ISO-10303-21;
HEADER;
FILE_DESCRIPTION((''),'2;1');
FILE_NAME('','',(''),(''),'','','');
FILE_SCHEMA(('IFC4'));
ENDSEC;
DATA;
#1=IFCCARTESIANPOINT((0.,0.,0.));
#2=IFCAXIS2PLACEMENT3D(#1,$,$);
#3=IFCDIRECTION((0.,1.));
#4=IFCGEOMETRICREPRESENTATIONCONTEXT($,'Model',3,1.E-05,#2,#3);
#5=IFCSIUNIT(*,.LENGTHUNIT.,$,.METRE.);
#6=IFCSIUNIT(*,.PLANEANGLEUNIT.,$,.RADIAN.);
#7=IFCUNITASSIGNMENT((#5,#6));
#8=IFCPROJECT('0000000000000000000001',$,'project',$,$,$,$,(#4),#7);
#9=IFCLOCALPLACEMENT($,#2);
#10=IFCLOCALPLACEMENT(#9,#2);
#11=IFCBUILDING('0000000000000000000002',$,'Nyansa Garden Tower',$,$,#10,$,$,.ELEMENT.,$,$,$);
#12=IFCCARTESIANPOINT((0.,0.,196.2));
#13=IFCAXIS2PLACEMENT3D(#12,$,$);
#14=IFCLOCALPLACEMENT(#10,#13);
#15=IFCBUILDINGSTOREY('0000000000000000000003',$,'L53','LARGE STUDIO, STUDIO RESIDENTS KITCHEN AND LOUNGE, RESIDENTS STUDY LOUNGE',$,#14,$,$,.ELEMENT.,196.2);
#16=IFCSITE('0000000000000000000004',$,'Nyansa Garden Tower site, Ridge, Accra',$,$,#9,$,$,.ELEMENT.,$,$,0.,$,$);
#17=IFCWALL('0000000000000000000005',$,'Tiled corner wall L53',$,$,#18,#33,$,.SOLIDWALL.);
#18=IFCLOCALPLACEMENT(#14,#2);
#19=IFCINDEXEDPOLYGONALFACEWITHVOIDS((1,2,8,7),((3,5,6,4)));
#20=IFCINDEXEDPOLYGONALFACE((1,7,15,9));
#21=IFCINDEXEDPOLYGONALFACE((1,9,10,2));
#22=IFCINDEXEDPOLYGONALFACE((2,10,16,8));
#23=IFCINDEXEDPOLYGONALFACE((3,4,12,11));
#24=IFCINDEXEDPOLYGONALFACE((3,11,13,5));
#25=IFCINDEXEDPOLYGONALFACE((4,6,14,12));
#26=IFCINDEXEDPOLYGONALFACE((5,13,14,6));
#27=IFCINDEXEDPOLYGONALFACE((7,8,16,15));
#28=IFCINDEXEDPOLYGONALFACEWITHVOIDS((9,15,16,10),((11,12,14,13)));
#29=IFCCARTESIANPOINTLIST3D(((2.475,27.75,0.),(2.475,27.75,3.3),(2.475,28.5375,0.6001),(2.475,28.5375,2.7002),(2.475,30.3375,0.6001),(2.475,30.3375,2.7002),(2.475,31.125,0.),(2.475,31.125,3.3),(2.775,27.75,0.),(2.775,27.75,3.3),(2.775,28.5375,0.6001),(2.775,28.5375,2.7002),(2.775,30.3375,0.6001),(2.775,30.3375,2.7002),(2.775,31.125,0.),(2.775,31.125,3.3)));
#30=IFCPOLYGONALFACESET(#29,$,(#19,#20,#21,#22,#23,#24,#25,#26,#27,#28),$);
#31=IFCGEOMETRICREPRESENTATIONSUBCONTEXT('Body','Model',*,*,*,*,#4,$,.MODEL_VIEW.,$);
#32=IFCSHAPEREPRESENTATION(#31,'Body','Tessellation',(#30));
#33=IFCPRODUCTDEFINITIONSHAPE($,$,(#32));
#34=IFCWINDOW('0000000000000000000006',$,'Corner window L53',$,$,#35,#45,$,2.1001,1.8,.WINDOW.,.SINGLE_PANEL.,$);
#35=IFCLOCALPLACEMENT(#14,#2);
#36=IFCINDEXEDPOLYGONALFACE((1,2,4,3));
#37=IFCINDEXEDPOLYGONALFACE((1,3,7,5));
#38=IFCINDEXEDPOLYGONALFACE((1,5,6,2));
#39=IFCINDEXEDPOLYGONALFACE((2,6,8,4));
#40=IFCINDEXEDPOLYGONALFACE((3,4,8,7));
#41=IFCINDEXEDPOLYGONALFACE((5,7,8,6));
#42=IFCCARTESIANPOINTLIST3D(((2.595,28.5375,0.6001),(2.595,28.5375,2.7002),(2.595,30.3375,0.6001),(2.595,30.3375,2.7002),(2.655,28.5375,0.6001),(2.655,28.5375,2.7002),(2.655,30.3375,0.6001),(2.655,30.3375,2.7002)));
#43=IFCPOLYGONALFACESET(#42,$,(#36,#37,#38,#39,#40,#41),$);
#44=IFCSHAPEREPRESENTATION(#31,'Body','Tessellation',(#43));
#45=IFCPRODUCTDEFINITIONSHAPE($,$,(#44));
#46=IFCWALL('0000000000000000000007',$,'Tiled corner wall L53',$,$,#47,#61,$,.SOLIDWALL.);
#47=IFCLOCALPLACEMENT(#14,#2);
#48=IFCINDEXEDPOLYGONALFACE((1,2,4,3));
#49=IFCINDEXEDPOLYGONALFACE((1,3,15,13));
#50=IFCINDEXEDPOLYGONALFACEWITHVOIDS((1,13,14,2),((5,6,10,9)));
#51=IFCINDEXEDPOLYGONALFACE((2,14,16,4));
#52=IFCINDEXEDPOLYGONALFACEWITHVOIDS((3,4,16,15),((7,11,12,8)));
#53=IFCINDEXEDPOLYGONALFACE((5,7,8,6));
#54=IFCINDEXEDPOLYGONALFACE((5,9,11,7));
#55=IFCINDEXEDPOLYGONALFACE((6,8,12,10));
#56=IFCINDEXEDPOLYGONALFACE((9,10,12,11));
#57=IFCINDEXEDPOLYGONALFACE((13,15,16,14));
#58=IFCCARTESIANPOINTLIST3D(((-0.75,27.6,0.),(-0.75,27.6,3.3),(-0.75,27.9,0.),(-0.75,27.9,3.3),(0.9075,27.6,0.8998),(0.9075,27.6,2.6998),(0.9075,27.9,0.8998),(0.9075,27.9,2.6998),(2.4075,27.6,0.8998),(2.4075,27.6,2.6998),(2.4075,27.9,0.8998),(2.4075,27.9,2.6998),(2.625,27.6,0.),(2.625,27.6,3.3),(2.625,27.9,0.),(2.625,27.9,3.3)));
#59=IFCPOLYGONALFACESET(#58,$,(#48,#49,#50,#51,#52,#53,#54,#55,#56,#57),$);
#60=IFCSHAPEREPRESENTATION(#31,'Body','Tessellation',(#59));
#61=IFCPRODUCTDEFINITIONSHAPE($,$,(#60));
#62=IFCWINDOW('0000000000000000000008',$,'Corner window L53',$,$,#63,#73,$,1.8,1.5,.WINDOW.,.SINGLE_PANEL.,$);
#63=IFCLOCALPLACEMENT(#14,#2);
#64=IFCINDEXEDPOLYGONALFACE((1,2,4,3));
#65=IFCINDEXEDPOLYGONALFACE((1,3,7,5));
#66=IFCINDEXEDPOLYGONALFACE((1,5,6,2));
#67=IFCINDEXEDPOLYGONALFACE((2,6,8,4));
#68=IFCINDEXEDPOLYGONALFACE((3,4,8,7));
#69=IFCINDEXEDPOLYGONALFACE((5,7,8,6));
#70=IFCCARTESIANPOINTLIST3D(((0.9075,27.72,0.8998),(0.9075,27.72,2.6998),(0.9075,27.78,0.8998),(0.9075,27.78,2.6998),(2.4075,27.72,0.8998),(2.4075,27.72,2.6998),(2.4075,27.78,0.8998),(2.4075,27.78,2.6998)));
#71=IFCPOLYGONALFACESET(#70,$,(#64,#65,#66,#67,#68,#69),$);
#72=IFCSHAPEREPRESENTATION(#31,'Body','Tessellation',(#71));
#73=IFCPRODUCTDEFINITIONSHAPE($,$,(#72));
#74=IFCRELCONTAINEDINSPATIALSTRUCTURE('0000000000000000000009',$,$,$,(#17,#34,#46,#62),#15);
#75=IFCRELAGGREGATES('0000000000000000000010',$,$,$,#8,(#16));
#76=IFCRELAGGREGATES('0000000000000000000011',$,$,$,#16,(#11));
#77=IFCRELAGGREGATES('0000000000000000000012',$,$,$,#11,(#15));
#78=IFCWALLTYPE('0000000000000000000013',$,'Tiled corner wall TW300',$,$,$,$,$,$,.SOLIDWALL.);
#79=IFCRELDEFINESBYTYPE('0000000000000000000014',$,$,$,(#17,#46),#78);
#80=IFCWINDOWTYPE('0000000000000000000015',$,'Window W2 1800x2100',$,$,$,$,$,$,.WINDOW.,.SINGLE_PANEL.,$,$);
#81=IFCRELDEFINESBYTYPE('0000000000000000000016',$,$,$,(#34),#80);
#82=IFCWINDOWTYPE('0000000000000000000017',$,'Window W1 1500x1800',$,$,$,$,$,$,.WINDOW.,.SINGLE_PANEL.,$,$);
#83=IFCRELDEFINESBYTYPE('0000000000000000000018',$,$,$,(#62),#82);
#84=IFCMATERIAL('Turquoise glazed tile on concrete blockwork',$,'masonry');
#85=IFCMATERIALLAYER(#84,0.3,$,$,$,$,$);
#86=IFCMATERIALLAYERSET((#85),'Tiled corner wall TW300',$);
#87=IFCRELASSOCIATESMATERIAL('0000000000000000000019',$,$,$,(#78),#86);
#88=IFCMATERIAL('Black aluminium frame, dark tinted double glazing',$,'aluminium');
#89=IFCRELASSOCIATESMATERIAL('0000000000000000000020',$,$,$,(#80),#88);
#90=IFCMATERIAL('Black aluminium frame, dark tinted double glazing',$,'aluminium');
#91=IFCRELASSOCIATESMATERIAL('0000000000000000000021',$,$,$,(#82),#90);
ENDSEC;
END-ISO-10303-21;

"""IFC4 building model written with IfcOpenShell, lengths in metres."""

from ifc_helpers import new_model, si_unit, direction, frame, frame_2d, origin, place, context, subcontext, project, spatial, rectangle, extrude, material, layer, layer_set, type_object, element, fill, save


model = new_model("IFC4")

# Units and contexts
model_context = context("Model", 3, precision=1e-05, world=origin(), true_north=direction((0.0, 1.0)))
body_context = subcontext(model_context, "Body", "Model", "MODEL_VIEW")
ifc_project = project(units=[si_unit("LENGTHUNIT", "METRE"), si_unit("PLANEANGLEUNIT", "RADIAN")], contexts=[model_context])

# Site, building, storey
site_placement = place(None, origin())
site = spatial("IfcSite", under=ifc_project, at=site_placement, Name="Nyansa Garden Tower site, Ridge, Accra", CompositionType="ELEMENT", RefElevation=0.0)
building_placement = place(site_placement, origin())
building = spatial("IfcBuilding", under=site, at=building_placement, Name="Nyansa Garden Tower", CompositionType="ELEMENT")
storey_placement = place(building_placement, frame((0.0, 0.0, 196.2)))
storey = spatial("IfcBuildingStorey", under=building, at=storey_placement, Name="L53", Description="LARGE STUDIO, STUDIO RESIDENTS KITCHEN AND LOUNGE, RESIDENTS STUDY LOUNGE", CompositionType="ELEMENT", Elevation=196.2)

# Walls, openings, windows
ifc_material_1 = material(Name="Turquoise glazed tile on concrete blockwork", Category="masonry")
ifc_layer_1 = layer(ifc_material_1, 0.3)
ifc_layer_set_1 = layer_set([ifc_layer_1], Name="Tiled corner wall TW300")
wall_type_1 = type_object("IfcWallType", Name="Tiled corner wall TW300", PredefinedType="SOLIDWALL", material=ifc_layer_set_1)
ifc_material_2 = material(Name="Black aluminium frame, dark tinted double glazing", Category="aluminium")
window_type_1 = type_object("IfcWindowType", Name="Window W2 1800x2100", PartitioningType="SINGLE_PANEL", PredefinedType="WINDOW", material=ifc_material_2)
wall_1_placement = place(storey_placement, frame((2.625, 31.125, 0.0), z_axis=(0.0, 0.0, 1.0), x_axis=(0.0, -1.0, 0.0)))
wall_1 = element("IfcWall", 1, at=wall_1_placement, inside=storey, type_object=wall_type_1, Name="Tiled corner wall L53", PredefinedType="SOLIDWALL", context=body_context, shape_type="SweptSolid", body=[
    extrude(rectangle(XDim=3.375, YDim=0.3, at=frame_2d((1.6875, 0.0))), origin(), (0.0, 0.0, 1.0), 3.3),
])
opening_1_placement = place(wall_1_placement, frame((0.7876, 0.0, 0.6001)))
opening_1 = element("IfcOpeningElement", 2, at=opening_1_placement, cuts=wall_1, PredefinedType="OPENING", context=body_context, shape_type="SweptSolid", body=[
    extrude(rectangle(XDim=1.8, YDim=2.1001, at=frame_2d((0.8999, 1.05))), frame((0.0, 0.1599, 0.0), z_axis=(0.0, -1.0, 0.0), x_axis=(1.0, 0.0, 0.0)), (0.0, 0.0, 1.0), 0.3201),
])
window_1_placement = place(opening_1_placement, origin())
window_1 = element("IfcWindow", 3, at=window_1_placement, inside=storey, type_object=window_type_1, Name="Corner window L53", OverallHeight=2.1001, OverallWidth=1.8, PartitioningType="SINGLE_PANEL", PredefinedType="WINDOW", context=body_context, shape_type="SweptSolid", body=[
    extrude(rectangle(XDim=1.8, YDim=2.1001, at=frame_2d((0.8999, 1.05))), frame((0.0, 0.03, 0.0), z_axis=(0.0, -1.0, 0.0), x_axis=(1.0, 0.0, 0.0)), (0.0, 0.0, 1.0), 0.0601),
])
fill(opening_1, window_1)
wall_2_placement = place(storey_placement, frame((2.625, 27.75, 0.0), z_axis=(0.0, 0.0, 1.0), x_axis=(-1.0, 0.0, 0.0)))
wall_2 = element("IfcWall", 4, at=wall_2_placement, inside=storey, type_object=wall_type_1, Name="Tiled corner wall L53", PredefinedType="SOLIDWALL", context=body_context, shape_type="SweptSolid", body=[
    extrude(rectangle(XDim=3.375, YDim=0.3, at=frame_2d((1.6875, 0.0))), origin(), (0.0, 0.0, 1.0), 3.3),
])
opening_2_placement = place(wall_2_placement, frame((0.2175, 0.0, 0.8999)))
opening_2 = element("IfcOpeningElement", 5, at=opening_2_placement, cuts=wall_2, PredefinedType="OPENING", context=body_context, shape_type="SweptSolid", body=[
    extrude(rectangle(XDim=1.5, YDim=1.8, at=frame_2d((0.75, 0.8999))), frame((0.0, 0.1599, 0.0), z_axis=(0.0, -1.0, 0.0), x_axis=(1.0, 0.0, 0.0)), (0.0, 0.0, 1.0), 0.3201),
])
ifc_material_3 = material(Name="Black aluminium frame, dark tinted double glazing", Category="aluminium")
window_type_2 = type_object("IfcWindowType", Name="Window W1 1500x1800", PartitioningType="SINGLE_PANEL", PredefinedType="WINDOW", material=ifc_material_3)
window_2_placement = place(opening_2_placement, origin())
window_2 = element("IfcWindow", 6, at=window_2_placement, inside=storey, type_object=window_type_2, Name="Corner window L53", OverallHeight=1.8, OverallWidth=1.5, PartitioningType="SINGLE_PANEL", PredefinedType="WINDOW", context=body_context, shape_type="SweptSolid", body=[
    extrude(rectangle(XDim=1.5, YDim=1.8, at=frame_2d((0.75, 0.8999))), frame((0.0, 0.03, 0.0), z_axis=(0.0, -1.0, 0.0), x_axis=(1.0, 0.0, 0.0)), (0.0, 0.0, 1.0), 0.0601),
])
fill(opening_2, window_2)

save(model, "model.ifc")
